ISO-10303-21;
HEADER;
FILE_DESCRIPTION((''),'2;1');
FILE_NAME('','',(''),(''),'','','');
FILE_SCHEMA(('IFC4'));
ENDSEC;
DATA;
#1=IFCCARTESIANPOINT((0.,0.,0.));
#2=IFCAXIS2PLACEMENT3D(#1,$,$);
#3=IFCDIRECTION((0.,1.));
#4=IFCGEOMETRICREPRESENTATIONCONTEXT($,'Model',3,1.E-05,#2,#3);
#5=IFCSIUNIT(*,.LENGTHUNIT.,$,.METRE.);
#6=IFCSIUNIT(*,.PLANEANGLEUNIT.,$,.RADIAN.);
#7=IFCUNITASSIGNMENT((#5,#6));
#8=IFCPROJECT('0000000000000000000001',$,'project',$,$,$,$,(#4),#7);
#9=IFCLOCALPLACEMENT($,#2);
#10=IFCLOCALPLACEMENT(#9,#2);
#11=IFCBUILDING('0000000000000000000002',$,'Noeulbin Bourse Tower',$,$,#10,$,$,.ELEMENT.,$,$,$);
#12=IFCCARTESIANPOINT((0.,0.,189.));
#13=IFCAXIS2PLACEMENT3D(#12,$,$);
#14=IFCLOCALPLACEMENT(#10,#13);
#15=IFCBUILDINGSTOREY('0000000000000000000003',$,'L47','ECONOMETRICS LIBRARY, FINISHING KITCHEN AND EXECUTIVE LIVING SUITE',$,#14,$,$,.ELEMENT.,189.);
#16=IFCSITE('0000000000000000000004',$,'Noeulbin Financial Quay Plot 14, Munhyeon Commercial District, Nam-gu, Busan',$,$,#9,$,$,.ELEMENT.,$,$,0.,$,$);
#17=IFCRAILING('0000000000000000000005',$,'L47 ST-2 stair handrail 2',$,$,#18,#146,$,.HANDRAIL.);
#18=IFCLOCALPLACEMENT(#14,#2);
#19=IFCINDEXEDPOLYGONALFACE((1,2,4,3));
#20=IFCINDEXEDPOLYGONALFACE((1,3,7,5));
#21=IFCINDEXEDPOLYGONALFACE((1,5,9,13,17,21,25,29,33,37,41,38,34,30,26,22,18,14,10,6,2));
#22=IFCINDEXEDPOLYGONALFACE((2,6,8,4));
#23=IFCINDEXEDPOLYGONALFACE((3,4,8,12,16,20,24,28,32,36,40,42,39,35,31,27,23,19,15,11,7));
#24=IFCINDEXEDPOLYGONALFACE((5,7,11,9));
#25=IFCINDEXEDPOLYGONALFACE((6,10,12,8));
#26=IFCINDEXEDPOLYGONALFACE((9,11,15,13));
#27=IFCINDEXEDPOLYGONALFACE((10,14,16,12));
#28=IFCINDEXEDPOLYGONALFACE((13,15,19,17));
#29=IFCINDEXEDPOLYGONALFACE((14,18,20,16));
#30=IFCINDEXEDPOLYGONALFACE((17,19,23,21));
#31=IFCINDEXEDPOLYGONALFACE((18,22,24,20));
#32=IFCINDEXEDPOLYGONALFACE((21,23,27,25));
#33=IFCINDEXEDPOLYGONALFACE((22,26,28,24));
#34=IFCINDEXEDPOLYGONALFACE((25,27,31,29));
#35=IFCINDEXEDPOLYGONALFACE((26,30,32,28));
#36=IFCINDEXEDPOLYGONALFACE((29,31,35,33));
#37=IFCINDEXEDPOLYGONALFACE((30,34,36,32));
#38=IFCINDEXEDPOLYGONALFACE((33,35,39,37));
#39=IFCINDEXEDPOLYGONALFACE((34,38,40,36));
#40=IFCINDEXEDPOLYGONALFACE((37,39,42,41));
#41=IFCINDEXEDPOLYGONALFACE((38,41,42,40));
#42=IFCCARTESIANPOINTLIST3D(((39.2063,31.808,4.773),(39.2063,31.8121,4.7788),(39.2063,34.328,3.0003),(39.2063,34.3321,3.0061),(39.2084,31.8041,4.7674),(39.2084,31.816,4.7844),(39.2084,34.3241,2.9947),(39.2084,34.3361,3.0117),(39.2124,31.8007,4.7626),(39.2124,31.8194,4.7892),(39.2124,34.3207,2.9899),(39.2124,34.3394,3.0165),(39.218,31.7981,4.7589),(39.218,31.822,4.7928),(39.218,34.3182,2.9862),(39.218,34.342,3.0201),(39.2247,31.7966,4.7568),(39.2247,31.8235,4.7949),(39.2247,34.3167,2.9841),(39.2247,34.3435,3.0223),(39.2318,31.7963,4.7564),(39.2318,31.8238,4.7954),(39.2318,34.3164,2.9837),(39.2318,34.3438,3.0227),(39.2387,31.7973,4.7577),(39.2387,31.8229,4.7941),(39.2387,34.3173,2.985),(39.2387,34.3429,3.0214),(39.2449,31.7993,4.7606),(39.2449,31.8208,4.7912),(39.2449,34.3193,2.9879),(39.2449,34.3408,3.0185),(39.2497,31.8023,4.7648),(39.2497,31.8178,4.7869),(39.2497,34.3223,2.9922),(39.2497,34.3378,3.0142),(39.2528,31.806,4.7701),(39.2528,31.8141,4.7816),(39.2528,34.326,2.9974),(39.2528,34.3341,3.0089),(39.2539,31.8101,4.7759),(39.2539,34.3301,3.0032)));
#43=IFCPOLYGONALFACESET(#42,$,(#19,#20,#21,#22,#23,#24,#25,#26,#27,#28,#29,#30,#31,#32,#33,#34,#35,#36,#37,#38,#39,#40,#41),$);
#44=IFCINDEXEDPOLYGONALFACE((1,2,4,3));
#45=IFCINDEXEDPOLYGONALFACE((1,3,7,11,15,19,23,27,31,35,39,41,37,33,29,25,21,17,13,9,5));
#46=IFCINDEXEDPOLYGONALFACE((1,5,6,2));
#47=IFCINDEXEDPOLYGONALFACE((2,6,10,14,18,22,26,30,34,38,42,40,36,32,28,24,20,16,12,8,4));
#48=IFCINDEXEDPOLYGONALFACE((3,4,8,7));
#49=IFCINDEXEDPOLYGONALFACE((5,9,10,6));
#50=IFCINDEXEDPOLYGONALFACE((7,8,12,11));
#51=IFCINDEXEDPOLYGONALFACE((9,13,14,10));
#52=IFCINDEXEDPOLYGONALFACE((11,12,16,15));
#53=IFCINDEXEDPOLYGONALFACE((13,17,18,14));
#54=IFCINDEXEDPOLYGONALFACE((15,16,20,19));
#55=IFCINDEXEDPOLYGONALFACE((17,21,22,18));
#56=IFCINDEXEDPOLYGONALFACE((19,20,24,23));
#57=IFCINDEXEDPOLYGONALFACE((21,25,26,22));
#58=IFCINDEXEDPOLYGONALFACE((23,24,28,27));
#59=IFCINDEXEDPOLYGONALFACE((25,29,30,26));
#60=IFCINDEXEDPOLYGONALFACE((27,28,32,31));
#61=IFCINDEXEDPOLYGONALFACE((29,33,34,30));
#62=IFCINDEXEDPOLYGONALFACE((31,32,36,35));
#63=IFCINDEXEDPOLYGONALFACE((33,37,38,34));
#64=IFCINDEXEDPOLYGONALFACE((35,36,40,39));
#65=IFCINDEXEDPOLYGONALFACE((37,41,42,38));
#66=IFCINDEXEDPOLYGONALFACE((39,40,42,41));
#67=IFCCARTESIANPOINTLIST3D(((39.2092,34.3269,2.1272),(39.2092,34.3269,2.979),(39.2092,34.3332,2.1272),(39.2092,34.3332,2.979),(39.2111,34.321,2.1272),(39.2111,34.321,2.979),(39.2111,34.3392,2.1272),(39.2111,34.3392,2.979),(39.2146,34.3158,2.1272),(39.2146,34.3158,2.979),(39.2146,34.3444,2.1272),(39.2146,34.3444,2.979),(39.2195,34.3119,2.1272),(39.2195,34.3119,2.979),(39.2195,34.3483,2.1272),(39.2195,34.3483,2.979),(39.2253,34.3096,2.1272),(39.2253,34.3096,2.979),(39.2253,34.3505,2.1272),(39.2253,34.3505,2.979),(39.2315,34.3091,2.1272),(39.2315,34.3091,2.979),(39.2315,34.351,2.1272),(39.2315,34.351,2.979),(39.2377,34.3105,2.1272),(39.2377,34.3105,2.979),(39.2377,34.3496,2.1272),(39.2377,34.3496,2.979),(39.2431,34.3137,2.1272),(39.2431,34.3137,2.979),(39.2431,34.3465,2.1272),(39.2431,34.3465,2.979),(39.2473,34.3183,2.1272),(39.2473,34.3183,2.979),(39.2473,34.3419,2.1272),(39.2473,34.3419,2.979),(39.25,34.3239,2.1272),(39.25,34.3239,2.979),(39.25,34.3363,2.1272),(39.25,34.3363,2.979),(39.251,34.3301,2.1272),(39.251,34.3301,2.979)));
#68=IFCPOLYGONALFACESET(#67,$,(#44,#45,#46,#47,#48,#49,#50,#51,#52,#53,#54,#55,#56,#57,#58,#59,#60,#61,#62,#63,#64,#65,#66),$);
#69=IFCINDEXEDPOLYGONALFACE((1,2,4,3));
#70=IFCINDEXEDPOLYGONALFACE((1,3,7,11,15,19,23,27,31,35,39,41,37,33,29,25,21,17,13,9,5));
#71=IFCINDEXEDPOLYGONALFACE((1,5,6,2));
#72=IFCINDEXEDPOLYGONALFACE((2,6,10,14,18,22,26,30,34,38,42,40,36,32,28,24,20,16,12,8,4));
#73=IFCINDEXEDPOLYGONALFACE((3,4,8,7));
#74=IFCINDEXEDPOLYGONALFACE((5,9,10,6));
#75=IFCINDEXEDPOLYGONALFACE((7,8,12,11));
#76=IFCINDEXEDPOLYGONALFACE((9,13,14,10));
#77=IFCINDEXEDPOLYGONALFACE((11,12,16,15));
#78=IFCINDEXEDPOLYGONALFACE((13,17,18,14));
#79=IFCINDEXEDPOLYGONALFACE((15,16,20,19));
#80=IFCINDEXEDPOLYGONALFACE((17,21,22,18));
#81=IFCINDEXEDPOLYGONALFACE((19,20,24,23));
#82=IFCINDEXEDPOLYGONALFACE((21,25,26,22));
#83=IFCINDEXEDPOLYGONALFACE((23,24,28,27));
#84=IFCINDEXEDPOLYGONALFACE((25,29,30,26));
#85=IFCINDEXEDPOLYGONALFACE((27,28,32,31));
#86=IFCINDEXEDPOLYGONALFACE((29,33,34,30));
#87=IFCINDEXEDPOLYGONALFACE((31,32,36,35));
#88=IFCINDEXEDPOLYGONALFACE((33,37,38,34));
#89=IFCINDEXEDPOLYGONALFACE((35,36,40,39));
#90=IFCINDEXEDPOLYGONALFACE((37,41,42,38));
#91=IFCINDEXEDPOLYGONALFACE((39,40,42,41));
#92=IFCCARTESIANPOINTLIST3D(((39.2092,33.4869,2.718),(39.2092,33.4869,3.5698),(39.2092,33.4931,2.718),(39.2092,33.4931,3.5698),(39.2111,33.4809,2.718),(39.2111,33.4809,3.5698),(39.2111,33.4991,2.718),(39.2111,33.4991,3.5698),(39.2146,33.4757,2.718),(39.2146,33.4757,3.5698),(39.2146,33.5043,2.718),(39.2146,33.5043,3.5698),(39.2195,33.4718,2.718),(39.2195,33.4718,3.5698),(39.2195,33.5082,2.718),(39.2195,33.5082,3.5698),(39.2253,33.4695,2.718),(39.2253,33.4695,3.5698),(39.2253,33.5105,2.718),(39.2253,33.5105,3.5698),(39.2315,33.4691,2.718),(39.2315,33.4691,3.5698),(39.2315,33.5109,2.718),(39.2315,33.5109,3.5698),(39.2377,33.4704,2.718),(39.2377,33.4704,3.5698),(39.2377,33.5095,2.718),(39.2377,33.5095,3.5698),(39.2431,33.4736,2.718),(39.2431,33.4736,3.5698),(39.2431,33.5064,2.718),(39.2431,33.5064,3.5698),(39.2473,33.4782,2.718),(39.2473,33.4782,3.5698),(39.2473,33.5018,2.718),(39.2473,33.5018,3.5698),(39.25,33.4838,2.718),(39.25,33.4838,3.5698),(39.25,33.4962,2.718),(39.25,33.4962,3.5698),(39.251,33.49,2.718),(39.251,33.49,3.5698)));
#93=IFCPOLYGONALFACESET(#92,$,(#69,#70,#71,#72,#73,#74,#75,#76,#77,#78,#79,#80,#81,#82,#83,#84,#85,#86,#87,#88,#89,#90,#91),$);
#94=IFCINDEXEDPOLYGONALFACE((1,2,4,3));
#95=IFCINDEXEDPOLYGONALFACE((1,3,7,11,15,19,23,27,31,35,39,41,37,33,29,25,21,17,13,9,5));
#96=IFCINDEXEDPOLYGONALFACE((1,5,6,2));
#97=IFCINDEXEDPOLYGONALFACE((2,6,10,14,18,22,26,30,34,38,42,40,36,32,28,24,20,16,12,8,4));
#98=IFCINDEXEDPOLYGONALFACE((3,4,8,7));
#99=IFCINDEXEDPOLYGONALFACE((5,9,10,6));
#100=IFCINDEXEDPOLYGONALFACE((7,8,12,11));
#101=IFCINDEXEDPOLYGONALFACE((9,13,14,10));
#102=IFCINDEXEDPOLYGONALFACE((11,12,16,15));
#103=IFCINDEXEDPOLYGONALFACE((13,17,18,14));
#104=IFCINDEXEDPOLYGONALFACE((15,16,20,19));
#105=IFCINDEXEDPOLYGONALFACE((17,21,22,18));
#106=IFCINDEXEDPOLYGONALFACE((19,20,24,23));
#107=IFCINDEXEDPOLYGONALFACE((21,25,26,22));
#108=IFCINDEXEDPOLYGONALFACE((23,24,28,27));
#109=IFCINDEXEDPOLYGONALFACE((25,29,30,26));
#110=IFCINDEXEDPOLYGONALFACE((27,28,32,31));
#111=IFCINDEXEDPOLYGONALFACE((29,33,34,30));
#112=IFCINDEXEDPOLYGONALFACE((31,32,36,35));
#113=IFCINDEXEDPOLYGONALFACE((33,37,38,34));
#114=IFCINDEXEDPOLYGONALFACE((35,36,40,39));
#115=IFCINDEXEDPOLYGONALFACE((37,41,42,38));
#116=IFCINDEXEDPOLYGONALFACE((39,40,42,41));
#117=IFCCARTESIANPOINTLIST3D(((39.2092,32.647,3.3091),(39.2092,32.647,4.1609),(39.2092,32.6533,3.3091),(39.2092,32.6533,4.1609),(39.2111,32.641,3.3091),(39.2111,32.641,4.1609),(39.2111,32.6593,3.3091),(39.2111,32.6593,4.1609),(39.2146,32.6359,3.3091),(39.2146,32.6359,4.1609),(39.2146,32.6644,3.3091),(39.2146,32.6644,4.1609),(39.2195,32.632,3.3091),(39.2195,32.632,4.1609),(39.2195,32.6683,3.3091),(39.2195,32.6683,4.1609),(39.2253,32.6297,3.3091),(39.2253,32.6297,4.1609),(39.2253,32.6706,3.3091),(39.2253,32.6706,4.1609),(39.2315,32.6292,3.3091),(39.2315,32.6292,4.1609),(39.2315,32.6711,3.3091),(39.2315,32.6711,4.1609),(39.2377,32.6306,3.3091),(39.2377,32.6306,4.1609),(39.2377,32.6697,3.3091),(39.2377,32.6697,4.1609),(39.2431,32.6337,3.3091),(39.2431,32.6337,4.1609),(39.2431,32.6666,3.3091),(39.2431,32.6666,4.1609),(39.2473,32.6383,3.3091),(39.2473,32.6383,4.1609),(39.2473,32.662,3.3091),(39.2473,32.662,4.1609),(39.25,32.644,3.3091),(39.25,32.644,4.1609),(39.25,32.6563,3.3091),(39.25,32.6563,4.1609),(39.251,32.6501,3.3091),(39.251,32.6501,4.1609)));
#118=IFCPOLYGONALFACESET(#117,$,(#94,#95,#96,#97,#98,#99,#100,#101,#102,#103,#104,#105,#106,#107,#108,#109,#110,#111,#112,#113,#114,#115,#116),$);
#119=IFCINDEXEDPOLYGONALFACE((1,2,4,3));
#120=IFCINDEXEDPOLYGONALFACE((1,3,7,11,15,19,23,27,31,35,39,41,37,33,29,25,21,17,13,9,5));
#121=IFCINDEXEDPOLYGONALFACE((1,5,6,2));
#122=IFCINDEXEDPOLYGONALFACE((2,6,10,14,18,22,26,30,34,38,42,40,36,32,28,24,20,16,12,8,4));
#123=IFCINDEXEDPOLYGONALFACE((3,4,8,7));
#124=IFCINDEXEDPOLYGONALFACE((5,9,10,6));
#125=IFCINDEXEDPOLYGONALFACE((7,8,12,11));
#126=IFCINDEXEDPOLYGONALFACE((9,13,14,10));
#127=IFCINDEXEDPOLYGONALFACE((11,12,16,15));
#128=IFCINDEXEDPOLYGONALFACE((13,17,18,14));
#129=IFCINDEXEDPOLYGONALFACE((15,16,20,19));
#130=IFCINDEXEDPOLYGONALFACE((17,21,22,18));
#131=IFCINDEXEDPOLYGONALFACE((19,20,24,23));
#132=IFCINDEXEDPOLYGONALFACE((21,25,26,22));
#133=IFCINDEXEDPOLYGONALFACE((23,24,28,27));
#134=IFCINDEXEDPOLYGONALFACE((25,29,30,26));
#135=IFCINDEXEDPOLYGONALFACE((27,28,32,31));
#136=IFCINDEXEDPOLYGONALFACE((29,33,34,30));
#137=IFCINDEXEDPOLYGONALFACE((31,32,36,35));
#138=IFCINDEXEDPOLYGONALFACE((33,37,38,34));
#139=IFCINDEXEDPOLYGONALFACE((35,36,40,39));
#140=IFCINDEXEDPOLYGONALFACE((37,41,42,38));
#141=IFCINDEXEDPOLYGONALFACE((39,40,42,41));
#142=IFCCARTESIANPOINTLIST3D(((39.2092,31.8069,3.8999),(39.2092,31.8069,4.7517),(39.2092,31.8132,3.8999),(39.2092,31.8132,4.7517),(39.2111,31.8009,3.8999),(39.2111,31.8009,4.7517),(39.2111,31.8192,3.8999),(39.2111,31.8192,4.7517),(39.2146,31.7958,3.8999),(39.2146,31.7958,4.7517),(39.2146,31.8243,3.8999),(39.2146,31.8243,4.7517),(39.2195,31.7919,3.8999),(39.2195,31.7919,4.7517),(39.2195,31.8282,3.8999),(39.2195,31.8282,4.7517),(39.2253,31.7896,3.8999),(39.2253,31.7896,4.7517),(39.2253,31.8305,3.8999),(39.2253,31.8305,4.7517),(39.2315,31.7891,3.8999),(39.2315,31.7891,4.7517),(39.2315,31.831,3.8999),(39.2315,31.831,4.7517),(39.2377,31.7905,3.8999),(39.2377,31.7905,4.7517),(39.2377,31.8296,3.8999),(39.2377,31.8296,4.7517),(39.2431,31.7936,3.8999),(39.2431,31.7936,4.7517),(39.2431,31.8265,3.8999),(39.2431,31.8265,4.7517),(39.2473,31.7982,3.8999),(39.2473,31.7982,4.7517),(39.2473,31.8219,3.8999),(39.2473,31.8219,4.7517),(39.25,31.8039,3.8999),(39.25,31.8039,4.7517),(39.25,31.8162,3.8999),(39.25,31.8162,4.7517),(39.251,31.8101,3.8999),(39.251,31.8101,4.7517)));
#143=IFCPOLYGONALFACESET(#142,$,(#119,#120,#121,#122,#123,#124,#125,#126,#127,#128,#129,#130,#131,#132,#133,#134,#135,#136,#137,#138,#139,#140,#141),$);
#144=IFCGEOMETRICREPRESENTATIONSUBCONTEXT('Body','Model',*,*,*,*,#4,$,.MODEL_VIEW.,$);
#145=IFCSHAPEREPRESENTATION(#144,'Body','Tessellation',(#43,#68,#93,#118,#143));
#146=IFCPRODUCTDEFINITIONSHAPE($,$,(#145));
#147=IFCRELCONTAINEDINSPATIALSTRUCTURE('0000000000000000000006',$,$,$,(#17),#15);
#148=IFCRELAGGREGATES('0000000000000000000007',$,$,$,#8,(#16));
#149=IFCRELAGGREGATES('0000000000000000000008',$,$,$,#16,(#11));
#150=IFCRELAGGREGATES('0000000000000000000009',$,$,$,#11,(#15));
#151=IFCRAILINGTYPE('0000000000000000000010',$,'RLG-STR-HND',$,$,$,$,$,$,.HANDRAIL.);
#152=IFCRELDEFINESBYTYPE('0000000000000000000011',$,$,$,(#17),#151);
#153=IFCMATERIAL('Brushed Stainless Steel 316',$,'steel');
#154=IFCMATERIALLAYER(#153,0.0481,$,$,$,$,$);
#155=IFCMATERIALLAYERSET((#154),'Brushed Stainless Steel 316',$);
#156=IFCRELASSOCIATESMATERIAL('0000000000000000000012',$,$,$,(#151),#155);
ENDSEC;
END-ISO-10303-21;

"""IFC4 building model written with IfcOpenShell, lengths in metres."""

from ifc_helpers import new_model, si_unit, direction, frame, origin, origin_2d, place, context, subcontext, project, spatial, circle, extrude, material, layer, layer_set, type_object, element, save


model = new_model("IFC4")

# Units and contexts
model_context = context("Model", 3, precision=1e-05, world=origin(), true_north=direction((0.0, 1.0)))
body_context = subcontext(model_context, "Body", "Model", "MODEL_VIEW")
ifc_project = project(units=[si_unit("LENGTHUNIT", "METRE"), si_unit("PLANEANGLEUNIT", "RADIAN")], contexts=[model_context])

# Site, building, storey
site_placement = place(None, origin())
site = spatial("IfcSite", under=ifc_project, at=site_placement, Name="Noeulbin Financial Quay Plot 14, Munhyeon Commercial District, Nam-gu, Busan", CompositionType="ELEMENT", RefElevation=0.0)
building_placement = place(site_placement, origin())
building = spatial("IfcBuilding", under=site, at=building_placement, Name="Noeulbin Bourse Tower", CompositionType="ELEMENT")
storey_placement = place(building_placement, frame((0.0, 0.0, 189.0)))
storey = spatial("IfcBuildingStorey", under=building, at=storey_placement, Name="L47", Description="ECONOMETRICS LIBRARY, FINISHING KITCHEN AND EXECUTIVE LIVING SUITE", CompositionType="ELEMENT", Elevation=189.0)

# Shared definitions
ifc_material_1 = material(Name="Brushed Stainless Steel 316", Category="steel")

# Railing
ifc_layer_1 = layer(ifc_material_1, 0.0481)
ifc_layer_set_1 = layer_set([ifc_layer_1], Name="Brushed Stainless Steel 316")
railing_type_1 = type_object("IfcRailingType", Name="RLG-STR-HND", PredefinedType="HANDRAIL", material=ifc_layer_set_1)
railing_1_placement = place(storey_placement, frame((39.23, 34.3301, 2.1272)))
element("IfcRailing", 1, at=railing_1_placement, inside=storey, type_object=railing_type_1, Name="L47 ST-2 stair handrail 2", PredefinedType="HANDRAIL", context=body_context, shape_type="SweptSolid", body=[
    extrude(circle(Radius=0.0239, at=origin_2d()), frame((0.0, 0.0, 0.876), z_axis=(0.0, -0.817904, 0.575354), x_axis=(1.0, 0.0, 0.0)), (0.0, 0.0, 1.0), 3.0811),
    extrude(circle(Radius=0.021, at=origin_2d()), origin(), (0.0, 0.0, 1.0), 0.8518),
    extrude(circle(Radius=0.021, at=origin_2d()), frame((0.0, -0.8401, 0.5908)), (0.0, 0.0, 1.0), 0.8518),
    extrude(circle(Radius=0.021, at=origin_2d()), frame((0.0, -1.6799, 1.1819)), (0.0, 0.0, 1.0), 0.8518),
    extrude(circle(Radius=0.021, at=origin_2d()), frame((0.0, -2.52, 1.7727)), (0.0, 0.0, 1.0), 0.8518),
])

save(model, "model.ifc")
